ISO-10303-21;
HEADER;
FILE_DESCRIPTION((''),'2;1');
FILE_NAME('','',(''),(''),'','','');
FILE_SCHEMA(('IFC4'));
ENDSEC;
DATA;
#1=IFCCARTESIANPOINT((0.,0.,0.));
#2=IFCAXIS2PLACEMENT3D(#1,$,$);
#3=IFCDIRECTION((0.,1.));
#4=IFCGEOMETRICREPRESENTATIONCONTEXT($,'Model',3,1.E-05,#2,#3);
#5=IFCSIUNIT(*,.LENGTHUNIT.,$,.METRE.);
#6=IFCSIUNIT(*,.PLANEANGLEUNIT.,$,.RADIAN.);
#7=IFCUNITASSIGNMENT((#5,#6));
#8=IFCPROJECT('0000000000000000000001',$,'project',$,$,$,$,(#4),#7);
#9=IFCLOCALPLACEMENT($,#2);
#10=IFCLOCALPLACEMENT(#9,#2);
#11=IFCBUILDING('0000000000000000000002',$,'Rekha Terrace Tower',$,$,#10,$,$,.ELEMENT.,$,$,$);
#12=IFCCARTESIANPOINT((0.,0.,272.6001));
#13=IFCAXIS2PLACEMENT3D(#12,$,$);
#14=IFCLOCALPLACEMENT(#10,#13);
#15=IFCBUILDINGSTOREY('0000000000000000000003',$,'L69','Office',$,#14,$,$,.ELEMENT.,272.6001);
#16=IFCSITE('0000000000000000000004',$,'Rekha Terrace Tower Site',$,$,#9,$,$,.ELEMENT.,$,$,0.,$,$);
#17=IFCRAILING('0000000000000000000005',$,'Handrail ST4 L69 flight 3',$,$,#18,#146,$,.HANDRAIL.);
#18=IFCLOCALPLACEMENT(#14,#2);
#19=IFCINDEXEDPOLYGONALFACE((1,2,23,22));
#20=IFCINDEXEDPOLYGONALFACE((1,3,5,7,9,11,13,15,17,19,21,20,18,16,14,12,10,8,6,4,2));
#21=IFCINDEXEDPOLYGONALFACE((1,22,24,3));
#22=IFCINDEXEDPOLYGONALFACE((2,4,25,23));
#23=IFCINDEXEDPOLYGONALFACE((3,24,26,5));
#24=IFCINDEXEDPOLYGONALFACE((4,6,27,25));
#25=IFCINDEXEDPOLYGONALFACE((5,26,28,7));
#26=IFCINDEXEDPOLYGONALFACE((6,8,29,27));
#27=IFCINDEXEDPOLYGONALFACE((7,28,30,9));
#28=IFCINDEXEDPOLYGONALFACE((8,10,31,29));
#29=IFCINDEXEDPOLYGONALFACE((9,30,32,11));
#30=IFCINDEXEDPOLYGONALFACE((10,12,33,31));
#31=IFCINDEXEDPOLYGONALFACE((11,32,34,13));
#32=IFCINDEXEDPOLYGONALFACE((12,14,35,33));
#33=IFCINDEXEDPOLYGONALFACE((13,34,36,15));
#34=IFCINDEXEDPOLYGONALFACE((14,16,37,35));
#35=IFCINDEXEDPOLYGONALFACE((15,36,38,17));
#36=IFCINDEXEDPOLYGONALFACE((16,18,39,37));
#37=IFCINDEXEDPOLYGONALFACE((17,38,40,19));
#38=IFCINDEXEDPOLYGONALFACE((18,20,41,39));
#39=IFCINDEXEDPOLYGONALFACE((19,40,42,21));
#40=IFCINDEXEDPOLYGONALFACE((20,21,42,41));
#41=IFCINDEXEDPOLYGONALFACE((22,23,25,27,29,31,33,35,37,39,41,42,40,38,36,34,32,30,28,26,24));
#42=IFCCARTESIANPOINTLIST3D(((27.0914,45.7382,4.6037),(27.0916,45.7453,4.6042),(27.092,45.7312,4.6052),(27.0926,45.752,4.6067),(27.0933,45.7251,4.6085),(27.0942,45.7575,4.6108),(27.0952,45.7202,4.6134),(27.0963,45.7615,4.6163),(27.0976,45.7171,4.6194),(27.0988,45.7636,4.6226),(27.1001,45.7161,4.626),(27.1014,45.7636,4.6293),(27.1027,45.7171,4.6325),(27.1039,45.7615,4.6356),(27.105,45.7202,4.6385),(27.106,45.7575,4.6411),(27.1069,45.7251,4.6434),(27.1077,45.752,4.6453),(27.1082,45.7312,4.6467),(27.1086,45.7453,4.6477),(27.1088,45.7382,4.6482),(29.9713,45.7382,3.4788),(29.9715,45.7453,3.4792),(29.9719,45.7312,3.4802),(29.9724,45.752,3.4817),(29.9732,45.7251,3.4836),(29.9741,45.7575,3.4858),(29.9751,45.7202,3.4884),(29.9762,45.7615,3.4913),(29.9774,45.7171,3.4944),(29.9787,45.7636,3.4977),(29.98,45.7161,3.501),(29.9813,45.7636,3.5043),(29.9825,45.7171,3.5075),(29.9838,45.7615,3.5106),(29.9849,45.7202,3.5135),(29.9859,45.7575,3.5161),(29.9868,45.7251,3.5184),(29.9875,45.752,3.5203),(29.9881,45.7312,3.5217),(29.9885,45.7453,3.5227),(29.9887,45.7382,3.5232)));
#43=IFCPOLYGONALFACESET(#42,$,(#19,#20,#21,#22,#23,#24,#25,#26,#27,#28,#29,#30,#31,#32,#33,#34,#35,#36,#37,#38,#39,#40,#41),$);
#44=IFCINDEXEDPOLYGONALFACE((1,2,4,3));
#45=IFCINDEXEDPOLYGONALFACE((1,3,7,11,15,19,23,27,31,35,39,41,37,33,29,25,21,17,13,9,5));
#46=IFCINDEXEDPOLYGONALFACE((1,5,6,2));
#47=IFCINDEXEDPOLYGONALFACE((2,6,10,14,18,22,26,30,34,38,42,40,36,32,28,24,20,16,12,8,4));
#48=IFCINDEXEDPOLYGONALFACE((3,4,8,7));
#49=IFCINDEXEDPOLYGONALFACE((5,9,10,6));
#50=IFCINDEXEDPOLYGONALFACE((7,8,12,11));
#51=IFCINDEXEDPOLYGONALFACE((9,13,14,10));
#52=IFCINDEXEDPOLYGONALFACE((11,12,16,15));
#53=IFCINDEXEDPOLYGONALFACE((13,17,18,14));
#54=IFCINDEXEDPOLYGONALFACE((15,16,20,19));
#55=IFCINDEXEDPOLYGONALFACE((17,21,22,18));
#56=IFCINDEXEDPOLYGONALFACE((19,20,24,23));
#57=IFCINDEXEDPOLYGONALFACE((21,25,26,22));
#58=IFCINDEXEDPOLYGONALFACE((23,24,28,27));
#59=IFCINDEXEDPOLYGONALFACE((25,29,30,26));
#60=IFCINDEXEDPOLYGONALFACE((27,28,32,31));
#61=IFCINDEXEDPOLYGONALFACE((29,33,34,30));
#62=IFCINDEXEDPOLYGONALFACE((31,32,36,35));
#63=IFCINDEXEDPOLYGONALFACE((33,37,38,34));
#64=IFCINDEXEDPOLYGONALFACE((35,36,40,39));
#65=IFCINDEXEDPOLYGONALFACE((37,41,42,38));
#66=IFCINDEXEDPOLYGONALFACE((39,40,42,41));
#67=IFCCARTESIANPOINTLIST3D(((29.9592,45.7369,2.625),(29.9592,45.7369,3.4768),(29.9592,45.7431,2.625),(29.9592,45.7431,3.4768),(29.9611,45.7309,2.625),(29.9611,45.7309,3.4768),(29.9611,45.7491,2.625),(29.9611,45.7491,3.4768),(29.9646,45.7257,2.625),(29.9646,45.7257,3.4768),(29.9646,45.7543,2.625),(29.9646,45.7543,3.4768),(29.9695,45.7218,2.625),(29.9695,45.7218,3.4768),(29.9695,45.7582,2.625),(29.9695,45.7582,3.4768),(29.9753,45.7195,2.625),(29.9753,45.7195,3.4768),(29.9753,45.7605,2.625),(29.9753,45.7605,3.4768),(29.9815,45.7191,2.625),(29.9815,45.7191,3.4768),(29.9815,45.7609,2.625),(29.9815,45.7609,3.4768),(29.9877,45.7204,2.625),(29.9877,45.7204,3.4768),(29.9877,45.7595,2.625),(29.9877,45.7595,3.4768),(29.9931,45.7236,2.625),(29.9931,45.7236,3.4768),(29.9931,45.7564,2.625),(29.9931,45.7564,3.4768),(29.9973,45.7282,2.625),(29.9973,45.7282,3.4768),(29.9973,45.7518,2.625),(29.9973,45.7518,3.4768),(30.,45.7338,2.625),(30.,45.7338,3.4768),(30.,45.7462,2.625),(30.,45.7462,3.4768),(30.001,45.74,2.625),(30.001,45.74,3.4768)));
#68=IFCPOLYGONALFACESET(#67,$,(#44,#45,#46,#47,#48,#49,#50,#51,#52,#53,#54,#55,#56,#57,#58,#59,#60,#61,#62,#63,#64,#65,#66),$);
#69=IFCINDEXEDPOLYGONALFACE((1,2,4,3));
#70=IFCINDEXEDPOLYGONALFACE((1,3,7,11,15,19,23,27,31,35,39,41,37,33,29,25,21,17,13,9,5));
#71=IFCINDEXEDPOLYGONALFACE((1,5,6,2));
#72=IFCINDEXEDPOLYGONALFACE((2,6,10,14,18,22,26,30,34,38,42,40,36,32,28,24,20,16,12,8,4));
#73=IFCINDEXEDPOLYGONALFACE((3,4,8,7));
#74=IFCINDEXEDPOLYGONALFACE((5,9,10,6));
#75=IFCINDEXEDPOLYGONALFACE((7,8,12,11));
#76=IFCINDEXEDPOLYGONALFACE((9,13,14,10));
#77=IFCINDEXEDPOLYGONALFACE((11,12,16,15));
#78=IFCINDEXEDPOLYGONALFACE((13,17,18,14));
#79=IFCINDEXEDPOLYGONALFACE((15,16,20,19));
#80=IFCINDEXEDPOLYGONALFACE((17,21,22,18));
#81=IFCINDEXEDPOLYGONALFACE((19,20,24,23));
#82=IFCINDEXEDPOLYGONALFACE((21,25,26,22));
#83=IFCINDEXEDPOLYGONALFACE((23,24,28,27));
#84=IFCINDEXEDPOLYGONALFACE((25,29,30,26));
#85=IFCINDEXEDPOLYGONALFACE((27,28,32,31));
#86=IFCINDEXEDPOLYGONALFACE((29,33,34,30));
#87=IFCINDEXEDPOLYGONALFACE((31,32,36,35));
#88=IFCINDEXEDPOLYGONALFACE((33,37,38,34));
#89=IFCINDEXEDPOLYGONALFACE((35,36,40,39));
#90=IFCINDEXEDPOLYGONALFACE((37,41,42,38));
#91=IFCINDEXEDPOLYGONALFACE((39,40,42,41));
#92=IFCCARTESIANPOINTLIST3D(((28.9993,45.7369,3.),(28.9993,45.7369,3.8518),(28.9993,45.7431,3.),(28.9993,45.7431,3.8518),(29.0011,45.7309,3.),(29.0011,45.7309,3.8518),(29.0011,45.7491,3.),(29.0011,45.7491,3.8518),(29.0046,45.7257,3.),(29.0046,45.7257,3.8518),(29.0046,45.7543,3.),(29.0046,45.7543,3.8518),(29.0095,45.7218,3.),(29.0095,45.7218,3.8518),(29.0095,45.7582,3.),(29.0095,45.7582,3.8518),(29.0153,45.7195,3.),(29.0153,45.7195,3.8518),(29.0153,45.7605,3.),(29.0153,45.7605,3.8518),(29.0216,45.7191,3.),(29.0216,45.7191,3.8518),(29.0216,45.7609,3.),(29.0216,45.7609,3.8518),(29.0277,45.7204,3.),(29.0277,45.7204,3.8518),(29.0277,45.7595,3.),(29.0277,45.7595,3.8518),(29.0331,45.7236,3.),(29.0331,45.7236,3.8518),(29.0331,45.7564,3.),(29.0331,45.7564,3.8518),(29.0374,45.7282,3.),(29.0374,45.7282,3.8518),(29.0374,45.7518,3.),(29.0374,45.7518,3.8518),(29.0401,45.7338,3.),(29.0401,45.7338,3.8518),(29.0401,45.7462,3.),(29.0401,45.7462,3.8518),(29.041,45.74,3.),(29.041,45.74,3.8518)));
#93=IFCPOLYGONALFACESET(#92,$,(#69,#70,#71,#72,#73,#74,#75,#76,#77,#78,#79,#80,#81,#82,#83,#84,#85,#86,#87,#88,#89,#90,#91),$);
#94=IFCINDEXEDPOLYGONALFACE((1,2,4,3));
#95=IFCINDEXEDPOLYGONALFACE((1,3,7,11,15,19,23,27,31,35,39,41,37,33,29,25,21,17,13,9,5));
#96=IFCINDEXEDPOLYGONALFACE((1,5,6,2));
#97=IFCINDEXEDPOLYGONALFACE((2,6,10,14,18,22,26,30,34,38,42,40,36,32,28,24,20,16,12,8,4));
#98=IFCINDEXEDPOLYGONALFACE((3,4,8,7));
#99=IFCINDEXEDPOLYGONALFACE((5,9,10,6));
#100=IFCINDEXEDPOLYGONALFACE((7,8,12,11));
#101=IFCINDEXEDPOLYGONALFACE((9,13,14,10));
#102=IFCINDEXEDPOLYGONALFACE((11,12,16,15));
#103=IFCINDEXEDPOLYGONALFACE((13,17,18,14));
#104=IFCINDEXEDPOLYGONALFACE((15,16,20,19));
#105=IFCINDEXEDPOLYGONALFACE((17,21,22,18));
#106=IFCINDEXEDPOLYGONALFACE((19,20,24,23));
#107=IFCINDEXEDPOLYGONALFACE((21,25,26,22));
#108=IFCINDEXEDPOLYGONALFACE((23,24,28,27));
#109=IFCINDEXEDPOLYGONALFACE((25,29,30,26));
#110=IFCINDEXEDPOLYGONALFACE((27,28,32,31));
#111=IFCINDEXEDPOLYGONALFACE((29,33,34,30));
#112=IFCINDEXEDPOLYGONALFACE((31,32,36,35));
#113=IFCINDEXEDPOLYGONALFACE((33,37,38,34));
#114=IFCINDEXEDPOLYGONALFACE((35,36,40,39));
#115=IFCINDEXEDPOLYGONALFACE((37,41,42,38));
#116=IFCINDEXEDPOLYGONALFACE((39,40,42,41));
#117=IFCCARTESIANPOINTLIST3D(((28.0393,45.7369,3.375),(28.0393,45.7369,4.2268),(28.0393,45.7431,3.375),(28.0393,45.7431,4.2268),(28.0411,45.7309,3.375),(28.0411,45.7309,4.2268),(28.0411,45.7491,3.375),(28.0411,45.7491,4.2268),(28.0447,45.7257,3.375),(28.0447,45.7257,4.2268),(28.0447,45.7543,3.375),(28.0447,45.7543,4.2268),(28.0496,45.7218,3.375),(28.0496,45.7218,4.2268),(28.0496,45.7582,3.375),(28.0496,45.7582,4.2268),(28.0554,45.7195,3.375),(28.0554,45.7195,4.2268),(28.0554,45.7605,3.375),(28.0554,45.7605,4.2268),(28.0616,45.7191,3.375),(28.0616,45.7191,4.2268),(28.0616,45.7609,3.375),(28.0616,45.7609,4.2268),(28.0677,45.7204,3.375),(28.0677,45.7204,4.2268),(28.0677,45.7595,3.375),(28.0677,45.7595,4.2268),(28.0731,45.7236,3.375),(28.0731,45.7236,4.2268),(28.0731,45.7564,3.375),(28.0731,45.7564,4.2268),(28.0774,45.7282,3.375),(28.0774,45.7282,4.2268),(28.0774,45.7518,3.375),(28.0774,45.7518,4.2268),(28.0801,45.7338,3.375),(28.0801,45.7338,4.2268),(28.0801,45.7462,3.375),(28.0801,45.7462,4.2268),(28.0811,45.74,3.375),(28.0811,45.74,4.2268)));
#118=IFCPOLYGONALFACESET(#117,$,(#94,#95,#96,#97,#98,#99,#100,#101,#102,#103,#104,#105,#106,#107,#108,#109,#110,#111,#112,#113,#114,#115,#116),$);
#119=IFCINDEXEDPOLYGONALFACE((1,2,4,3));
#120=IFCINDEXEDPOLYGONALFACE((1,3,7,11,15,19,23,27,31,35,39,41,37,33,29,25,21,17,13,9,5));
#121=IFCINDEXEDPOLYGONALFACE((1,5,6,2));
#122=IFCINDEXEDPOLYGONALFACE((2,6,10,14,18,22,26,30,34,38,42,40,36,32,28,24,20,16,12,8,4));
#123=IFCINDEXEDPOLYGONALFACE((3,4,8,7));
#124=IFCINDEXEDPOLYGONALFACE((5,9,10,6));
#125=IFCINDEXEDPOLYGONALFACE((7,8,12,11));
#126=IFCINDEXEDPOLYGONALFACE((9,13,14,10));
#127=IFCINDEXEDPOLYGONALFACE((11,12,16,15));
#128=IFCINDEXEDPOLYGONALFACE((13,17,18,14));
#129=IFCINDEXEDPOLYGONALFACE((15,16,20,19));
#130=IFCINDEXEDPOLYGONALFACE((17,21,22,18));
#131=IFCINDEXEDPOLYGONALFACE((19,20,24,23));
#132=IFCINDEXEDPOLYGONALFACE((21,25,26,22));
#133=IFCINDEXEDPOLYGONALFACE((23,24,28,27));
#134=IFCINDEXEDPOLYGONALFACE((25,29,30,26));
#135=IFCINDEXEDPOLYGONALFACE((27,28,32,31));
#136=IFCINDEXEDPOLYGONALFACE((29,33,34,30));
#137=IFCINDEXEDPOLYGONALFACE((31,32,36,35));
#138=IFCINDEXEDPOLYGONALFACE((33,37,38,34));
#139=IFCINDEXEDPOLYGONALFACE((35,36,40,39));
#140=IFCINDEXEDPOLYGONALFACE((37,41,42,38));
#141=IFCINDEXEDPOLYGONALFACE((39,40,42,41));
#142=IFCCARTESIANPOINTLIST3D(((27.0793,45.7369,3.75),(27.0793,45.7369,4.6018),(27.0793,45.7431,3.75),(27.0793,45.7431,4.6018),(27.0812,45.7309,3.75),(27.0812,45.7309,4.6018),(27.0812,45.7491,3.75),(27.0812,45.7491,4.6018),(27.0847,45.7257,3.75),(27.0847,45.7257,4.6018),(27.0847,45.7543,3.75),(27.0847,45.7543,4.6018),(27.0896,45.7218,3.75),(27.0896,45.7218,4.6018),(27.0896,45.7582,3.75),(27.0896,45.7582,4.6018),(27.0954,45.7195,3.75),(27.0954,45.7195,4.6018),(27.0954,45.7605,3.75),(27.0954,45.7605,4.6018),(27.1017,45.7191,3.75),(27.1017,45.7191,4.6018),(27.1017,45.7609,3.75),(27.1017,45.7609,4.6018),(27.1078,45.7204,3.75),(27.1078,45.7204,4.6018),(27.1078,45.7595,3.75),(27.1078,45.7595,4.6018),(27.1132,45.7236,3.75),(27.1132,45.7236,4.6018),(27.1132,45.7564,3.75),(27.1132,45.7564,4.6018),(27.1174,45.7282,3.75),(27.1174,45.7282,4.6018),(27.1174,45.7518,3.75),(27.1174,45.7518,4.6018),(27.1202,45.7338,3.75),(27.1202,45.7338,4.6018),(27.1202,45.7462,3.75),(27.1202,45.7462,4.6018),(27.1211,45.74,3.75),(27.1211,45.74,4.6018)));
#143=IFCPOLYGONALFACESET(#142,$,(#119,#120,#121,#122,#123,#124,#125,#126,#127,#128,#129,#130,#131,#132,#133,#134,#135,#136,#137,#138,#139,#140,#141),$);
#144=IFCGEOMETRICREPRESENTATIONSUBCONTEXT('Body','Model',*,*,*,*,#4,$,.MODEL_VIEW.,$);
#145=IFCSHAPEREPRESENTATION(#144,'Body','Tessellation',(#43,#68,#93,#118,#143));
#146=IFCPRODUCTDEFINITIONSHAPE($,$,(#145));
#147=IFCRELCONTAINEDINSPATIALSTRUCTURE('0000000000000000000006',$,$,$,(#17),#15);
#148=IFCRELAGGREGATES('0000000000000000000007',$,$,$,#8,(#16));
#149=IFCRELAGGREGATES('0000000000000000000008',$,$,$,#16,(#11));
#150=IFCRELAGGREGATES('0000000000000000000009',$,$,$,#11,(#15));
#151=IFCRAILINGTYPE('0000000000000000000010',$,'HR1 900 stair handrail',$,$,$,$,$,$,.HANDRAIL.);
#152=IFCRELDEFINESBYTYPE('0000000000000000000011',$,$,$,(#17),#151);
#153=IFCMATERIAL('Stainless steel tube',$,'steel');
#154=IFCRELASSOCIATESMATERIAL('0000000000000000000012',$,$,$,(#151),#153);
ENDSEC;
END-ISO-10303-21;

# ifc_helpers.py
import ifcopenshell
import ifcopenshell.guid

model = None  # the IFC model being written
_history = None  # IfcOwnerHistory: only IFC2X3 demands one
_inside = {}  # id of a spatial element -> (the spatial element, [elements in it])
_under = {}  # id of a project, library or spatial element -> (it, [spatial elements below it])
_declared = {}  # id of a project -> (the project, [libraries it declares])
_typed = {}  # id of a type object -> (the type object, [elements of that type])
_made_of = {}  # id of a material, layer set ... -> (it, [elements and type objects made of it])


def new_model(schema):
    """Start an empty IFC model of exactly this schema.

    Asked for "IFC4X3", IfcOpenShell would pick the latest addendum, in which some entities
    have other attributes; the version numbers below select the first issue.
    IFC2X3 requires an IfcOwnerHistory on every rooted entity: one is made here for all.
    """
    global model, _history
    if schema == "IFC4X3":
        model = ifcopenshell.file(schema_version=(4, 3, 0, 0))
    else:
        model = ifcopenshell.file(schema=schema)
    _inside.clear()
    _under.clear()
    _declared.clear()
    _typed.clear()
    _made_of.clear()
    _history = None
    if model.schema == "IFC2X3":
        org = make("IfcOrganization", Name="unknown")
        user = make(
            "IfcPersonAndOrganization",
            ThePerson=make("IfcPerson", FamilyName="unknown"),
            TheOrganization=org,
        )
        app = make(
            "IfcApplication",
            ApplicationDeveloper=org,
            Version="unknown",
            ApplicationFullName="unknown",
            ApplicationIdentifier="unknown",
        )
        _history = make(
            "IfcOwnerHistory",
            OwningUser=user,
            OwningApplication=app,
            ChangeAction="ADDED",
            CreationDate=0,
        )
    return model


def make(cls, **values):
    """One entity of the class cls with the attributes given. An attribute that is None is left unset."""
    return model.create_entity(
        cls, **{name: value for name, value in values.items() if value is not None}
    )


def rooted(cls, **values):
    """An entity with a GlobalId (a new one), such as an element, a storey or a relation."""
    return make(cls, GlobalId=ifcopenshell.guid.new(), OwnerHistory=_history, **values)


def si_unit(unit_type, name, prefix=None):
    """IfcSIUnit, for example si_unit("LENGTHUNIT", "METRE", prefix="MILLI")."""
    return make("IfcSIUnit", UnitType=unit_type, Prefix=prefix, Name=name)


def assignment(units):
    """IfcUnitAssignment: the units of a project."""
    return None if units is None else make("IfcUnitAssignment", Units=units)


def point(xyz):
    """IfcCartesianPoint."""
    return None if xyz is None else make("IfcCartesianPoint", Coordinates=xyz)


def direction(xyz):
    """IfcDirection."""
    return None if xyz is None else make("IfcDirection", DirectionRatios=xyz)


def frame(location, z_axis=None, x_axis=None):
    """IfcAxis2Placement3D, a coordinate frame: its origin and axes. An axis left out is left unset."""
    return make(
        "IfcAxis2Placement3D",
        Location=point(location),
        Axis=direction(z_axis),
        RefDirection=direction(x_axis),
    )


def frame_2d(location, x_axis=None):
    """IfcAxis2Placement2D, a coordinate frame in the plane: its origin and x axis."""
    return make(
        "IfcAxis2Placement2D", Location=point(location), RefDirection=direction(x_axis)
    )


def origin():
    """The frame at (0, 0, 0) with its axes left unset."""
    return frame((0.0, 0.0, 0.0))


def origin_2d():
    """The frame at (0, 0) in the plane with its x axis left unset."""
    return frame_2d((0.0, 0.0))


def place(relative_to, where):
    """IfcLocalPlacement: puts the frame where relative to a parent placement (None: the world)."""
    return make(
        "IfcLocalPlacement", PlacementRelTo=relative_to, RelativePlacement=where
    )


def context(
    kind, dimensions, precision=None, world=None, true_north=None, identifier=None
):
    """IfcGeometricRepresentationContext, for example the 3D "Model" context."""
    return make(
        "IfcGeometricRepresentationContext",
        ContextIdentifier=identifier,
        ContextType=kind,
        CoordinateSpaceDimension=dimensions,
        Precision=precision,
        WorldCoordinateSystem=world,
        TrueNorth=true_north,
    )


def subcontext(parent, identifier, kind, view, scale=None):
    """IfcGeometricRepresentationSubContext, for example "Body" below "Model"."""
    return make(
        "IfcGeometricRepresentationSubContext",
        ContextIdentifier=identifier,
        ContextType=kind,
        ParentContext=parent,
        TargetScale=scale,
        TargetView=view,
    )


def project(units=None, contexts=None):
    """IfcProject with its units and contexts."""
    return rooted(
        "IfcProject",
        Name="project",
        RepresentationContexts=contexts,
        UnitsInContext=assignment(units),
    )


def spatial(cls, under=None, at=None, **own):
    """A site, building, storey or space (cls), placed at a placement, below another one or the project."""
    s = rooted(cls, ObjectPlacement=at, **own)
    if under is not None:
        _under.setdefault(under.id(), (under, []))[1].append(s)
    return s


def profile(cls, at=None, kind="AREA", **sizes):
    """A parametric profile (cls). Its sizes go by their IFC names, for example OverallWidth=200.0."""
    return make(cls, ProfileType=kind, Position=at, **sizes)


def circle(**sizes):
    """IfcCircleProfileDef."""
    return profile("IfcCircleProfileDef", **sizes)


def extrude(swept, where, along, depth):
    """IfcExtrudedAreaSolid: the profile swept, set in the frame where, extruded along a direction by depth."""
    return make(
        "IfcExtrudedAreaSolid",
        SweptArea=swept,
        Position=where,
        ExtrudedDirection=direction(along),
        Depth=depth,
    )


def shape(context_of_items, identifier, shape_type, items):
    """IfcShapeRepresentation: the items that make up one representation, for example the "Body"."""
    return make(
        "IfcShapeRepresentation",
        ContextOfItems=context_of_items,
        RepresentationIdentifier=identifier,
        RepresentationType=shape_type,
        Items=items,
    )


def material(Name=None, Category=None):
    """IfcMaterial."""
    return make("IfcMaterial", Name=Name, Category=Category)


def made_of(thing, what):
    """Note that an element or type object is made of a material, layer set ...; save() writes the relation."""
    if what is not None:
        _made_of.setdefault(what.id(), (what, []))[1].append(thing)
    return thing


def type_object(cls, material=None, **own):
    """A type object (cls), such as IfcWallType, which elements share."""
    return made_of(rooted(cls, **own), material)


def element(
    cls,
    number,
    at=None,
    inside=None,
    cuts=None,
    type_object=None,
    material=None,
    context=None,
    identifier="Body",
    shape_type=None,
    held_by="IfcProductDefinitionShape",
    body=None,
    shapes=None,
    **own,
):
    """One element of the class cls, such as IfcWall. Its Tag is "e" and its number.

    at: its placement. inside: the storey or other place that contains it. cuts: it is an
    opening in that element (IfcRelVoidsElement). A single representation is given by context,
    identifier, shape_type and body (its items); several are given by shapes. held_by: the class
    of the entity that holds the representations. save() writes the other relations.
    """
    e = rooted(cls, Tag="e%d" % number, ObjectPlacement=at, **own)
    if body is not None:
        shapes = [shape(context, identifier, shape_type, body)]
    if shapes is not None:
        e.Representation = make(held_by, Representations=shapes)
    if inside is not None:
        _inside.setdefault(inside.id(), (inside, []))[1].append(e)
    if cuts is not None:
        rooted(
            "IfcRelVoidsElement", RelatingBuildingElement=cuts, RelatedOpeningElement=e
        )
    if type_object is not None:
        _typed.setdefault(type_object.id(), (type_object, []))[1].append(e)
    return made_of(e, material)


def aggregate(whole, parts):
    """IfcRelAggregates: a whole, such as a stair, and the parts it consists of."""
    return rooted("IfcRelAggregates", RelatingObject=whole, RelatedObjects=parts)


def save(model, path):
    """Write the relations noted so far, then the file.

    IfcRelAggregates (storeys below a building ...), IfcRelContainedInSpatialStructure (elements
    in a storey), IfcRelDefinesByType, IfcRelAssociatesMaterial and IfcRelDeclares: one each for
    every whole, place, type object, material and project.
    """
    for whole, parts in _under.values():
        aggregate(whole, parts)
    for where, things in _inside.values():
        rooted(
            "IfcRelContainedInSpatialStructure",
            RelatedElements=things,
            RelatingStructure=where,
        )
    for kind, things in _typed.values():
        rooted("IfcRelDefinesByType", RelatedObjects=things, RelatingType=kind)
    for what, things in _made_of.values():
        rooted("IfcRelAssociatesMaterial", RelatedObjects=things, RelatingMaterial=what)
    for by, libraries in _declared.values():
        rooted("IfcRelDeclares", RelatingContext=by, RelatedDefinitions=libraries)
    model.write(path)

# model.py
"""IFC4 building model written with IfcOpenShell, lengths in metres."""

from ifc_helpers import new_model, si_unit, direction, frame, origin, origin_2d, place, context, subcontext, project, spatial, circle, extrude, material, type_object, element, save


model = new_model("IFC4")

# Units and contexts
model_context = context("Model", 3, precision=1e-05, world=origin(), true_north=direction((0.0, 1.0)))
body_context = subcontext(model_context, "Body", "Model", "MODEL_VIEW")
ifc_project = project(units=[si_unit("LENGTHUNIT", "METRE"), si_unit("PLANEANGLEUNIT", "RADIAN")], contexts=[model_context])

# Site, building, storey
site_placement = place(None, origin())
site = spatial("IfcSite", under=ifc_project, at=site_placement, Name="Rekha Terrace Tower Site", CompositionType="ELEMENT", RefElevation=0.0)
building_placement = place(site_placement, origin())
building = spatial("IfcBuilding", under=site, at=building_placement, Name="Rekha Terrace Tower", CompositionType="ELEMENT")
storey_placement = place(building_placement, frame((0.0, 0.0, 272.6001)))
storey = spatial("IfcBuildingStorey", under=building, at=storey_placement, Name="L69", Description="Office", CompositionType="ELEMENT", Elevation=272.6001)

# Railing
ifc_material_1 = material(Name="Stainless steel tube", Category="steel")
railing_type_1 = type_object("IfcRailingType", Name="HR1 900 stair handrail", PredefinedType="HANDRAIL", material=ifc_material_1)
railing_1_placement = place(storey_placement, frame((29.98, 45.74, 2.625)))
element("IfcRailing", 1, at=railing_1_placement, inside=storey, type_object=railing_type_1, Name="Handrail ST4 L69 flight 3", PredefinedType="HANDRAIL", context=body_context, shape_type="SweptSolid", body=[
    extrude(circle(Radius=0.0239, at=origin_2d()), frame((0.0, 0.0, 0.876), z_axis=(-0.931452, 0.0, 0.363863), x_axis=(0.0, -1.0, 0.0)), (0.0, 0.0, 1.0), 3.0918),
    extrude(circle(Radius=0.021, at=origin_2d()), origin(), (0.0, 0.0, 1.0), 0.8518),
    extrude(circle(Radius=0.021, at=origin_2d()), frame((-0.96, 0.0, 0.375)), (0.0, 0.0, 1.0), 0.8518),
    extrude(circle(Radius=0.021, at=origin_2d()), frame((-1.9199, 0.0, 0.75)), (0.0, 0.0, 1.0), 0.8518),
    extrude(circle(Radius=0.021, at=origin_2d()), frame((-2.8799, 0.0, 1.125)), (0.0, 0.0, 1.0), 0.8518),
])

save(model, "model.ifc")
